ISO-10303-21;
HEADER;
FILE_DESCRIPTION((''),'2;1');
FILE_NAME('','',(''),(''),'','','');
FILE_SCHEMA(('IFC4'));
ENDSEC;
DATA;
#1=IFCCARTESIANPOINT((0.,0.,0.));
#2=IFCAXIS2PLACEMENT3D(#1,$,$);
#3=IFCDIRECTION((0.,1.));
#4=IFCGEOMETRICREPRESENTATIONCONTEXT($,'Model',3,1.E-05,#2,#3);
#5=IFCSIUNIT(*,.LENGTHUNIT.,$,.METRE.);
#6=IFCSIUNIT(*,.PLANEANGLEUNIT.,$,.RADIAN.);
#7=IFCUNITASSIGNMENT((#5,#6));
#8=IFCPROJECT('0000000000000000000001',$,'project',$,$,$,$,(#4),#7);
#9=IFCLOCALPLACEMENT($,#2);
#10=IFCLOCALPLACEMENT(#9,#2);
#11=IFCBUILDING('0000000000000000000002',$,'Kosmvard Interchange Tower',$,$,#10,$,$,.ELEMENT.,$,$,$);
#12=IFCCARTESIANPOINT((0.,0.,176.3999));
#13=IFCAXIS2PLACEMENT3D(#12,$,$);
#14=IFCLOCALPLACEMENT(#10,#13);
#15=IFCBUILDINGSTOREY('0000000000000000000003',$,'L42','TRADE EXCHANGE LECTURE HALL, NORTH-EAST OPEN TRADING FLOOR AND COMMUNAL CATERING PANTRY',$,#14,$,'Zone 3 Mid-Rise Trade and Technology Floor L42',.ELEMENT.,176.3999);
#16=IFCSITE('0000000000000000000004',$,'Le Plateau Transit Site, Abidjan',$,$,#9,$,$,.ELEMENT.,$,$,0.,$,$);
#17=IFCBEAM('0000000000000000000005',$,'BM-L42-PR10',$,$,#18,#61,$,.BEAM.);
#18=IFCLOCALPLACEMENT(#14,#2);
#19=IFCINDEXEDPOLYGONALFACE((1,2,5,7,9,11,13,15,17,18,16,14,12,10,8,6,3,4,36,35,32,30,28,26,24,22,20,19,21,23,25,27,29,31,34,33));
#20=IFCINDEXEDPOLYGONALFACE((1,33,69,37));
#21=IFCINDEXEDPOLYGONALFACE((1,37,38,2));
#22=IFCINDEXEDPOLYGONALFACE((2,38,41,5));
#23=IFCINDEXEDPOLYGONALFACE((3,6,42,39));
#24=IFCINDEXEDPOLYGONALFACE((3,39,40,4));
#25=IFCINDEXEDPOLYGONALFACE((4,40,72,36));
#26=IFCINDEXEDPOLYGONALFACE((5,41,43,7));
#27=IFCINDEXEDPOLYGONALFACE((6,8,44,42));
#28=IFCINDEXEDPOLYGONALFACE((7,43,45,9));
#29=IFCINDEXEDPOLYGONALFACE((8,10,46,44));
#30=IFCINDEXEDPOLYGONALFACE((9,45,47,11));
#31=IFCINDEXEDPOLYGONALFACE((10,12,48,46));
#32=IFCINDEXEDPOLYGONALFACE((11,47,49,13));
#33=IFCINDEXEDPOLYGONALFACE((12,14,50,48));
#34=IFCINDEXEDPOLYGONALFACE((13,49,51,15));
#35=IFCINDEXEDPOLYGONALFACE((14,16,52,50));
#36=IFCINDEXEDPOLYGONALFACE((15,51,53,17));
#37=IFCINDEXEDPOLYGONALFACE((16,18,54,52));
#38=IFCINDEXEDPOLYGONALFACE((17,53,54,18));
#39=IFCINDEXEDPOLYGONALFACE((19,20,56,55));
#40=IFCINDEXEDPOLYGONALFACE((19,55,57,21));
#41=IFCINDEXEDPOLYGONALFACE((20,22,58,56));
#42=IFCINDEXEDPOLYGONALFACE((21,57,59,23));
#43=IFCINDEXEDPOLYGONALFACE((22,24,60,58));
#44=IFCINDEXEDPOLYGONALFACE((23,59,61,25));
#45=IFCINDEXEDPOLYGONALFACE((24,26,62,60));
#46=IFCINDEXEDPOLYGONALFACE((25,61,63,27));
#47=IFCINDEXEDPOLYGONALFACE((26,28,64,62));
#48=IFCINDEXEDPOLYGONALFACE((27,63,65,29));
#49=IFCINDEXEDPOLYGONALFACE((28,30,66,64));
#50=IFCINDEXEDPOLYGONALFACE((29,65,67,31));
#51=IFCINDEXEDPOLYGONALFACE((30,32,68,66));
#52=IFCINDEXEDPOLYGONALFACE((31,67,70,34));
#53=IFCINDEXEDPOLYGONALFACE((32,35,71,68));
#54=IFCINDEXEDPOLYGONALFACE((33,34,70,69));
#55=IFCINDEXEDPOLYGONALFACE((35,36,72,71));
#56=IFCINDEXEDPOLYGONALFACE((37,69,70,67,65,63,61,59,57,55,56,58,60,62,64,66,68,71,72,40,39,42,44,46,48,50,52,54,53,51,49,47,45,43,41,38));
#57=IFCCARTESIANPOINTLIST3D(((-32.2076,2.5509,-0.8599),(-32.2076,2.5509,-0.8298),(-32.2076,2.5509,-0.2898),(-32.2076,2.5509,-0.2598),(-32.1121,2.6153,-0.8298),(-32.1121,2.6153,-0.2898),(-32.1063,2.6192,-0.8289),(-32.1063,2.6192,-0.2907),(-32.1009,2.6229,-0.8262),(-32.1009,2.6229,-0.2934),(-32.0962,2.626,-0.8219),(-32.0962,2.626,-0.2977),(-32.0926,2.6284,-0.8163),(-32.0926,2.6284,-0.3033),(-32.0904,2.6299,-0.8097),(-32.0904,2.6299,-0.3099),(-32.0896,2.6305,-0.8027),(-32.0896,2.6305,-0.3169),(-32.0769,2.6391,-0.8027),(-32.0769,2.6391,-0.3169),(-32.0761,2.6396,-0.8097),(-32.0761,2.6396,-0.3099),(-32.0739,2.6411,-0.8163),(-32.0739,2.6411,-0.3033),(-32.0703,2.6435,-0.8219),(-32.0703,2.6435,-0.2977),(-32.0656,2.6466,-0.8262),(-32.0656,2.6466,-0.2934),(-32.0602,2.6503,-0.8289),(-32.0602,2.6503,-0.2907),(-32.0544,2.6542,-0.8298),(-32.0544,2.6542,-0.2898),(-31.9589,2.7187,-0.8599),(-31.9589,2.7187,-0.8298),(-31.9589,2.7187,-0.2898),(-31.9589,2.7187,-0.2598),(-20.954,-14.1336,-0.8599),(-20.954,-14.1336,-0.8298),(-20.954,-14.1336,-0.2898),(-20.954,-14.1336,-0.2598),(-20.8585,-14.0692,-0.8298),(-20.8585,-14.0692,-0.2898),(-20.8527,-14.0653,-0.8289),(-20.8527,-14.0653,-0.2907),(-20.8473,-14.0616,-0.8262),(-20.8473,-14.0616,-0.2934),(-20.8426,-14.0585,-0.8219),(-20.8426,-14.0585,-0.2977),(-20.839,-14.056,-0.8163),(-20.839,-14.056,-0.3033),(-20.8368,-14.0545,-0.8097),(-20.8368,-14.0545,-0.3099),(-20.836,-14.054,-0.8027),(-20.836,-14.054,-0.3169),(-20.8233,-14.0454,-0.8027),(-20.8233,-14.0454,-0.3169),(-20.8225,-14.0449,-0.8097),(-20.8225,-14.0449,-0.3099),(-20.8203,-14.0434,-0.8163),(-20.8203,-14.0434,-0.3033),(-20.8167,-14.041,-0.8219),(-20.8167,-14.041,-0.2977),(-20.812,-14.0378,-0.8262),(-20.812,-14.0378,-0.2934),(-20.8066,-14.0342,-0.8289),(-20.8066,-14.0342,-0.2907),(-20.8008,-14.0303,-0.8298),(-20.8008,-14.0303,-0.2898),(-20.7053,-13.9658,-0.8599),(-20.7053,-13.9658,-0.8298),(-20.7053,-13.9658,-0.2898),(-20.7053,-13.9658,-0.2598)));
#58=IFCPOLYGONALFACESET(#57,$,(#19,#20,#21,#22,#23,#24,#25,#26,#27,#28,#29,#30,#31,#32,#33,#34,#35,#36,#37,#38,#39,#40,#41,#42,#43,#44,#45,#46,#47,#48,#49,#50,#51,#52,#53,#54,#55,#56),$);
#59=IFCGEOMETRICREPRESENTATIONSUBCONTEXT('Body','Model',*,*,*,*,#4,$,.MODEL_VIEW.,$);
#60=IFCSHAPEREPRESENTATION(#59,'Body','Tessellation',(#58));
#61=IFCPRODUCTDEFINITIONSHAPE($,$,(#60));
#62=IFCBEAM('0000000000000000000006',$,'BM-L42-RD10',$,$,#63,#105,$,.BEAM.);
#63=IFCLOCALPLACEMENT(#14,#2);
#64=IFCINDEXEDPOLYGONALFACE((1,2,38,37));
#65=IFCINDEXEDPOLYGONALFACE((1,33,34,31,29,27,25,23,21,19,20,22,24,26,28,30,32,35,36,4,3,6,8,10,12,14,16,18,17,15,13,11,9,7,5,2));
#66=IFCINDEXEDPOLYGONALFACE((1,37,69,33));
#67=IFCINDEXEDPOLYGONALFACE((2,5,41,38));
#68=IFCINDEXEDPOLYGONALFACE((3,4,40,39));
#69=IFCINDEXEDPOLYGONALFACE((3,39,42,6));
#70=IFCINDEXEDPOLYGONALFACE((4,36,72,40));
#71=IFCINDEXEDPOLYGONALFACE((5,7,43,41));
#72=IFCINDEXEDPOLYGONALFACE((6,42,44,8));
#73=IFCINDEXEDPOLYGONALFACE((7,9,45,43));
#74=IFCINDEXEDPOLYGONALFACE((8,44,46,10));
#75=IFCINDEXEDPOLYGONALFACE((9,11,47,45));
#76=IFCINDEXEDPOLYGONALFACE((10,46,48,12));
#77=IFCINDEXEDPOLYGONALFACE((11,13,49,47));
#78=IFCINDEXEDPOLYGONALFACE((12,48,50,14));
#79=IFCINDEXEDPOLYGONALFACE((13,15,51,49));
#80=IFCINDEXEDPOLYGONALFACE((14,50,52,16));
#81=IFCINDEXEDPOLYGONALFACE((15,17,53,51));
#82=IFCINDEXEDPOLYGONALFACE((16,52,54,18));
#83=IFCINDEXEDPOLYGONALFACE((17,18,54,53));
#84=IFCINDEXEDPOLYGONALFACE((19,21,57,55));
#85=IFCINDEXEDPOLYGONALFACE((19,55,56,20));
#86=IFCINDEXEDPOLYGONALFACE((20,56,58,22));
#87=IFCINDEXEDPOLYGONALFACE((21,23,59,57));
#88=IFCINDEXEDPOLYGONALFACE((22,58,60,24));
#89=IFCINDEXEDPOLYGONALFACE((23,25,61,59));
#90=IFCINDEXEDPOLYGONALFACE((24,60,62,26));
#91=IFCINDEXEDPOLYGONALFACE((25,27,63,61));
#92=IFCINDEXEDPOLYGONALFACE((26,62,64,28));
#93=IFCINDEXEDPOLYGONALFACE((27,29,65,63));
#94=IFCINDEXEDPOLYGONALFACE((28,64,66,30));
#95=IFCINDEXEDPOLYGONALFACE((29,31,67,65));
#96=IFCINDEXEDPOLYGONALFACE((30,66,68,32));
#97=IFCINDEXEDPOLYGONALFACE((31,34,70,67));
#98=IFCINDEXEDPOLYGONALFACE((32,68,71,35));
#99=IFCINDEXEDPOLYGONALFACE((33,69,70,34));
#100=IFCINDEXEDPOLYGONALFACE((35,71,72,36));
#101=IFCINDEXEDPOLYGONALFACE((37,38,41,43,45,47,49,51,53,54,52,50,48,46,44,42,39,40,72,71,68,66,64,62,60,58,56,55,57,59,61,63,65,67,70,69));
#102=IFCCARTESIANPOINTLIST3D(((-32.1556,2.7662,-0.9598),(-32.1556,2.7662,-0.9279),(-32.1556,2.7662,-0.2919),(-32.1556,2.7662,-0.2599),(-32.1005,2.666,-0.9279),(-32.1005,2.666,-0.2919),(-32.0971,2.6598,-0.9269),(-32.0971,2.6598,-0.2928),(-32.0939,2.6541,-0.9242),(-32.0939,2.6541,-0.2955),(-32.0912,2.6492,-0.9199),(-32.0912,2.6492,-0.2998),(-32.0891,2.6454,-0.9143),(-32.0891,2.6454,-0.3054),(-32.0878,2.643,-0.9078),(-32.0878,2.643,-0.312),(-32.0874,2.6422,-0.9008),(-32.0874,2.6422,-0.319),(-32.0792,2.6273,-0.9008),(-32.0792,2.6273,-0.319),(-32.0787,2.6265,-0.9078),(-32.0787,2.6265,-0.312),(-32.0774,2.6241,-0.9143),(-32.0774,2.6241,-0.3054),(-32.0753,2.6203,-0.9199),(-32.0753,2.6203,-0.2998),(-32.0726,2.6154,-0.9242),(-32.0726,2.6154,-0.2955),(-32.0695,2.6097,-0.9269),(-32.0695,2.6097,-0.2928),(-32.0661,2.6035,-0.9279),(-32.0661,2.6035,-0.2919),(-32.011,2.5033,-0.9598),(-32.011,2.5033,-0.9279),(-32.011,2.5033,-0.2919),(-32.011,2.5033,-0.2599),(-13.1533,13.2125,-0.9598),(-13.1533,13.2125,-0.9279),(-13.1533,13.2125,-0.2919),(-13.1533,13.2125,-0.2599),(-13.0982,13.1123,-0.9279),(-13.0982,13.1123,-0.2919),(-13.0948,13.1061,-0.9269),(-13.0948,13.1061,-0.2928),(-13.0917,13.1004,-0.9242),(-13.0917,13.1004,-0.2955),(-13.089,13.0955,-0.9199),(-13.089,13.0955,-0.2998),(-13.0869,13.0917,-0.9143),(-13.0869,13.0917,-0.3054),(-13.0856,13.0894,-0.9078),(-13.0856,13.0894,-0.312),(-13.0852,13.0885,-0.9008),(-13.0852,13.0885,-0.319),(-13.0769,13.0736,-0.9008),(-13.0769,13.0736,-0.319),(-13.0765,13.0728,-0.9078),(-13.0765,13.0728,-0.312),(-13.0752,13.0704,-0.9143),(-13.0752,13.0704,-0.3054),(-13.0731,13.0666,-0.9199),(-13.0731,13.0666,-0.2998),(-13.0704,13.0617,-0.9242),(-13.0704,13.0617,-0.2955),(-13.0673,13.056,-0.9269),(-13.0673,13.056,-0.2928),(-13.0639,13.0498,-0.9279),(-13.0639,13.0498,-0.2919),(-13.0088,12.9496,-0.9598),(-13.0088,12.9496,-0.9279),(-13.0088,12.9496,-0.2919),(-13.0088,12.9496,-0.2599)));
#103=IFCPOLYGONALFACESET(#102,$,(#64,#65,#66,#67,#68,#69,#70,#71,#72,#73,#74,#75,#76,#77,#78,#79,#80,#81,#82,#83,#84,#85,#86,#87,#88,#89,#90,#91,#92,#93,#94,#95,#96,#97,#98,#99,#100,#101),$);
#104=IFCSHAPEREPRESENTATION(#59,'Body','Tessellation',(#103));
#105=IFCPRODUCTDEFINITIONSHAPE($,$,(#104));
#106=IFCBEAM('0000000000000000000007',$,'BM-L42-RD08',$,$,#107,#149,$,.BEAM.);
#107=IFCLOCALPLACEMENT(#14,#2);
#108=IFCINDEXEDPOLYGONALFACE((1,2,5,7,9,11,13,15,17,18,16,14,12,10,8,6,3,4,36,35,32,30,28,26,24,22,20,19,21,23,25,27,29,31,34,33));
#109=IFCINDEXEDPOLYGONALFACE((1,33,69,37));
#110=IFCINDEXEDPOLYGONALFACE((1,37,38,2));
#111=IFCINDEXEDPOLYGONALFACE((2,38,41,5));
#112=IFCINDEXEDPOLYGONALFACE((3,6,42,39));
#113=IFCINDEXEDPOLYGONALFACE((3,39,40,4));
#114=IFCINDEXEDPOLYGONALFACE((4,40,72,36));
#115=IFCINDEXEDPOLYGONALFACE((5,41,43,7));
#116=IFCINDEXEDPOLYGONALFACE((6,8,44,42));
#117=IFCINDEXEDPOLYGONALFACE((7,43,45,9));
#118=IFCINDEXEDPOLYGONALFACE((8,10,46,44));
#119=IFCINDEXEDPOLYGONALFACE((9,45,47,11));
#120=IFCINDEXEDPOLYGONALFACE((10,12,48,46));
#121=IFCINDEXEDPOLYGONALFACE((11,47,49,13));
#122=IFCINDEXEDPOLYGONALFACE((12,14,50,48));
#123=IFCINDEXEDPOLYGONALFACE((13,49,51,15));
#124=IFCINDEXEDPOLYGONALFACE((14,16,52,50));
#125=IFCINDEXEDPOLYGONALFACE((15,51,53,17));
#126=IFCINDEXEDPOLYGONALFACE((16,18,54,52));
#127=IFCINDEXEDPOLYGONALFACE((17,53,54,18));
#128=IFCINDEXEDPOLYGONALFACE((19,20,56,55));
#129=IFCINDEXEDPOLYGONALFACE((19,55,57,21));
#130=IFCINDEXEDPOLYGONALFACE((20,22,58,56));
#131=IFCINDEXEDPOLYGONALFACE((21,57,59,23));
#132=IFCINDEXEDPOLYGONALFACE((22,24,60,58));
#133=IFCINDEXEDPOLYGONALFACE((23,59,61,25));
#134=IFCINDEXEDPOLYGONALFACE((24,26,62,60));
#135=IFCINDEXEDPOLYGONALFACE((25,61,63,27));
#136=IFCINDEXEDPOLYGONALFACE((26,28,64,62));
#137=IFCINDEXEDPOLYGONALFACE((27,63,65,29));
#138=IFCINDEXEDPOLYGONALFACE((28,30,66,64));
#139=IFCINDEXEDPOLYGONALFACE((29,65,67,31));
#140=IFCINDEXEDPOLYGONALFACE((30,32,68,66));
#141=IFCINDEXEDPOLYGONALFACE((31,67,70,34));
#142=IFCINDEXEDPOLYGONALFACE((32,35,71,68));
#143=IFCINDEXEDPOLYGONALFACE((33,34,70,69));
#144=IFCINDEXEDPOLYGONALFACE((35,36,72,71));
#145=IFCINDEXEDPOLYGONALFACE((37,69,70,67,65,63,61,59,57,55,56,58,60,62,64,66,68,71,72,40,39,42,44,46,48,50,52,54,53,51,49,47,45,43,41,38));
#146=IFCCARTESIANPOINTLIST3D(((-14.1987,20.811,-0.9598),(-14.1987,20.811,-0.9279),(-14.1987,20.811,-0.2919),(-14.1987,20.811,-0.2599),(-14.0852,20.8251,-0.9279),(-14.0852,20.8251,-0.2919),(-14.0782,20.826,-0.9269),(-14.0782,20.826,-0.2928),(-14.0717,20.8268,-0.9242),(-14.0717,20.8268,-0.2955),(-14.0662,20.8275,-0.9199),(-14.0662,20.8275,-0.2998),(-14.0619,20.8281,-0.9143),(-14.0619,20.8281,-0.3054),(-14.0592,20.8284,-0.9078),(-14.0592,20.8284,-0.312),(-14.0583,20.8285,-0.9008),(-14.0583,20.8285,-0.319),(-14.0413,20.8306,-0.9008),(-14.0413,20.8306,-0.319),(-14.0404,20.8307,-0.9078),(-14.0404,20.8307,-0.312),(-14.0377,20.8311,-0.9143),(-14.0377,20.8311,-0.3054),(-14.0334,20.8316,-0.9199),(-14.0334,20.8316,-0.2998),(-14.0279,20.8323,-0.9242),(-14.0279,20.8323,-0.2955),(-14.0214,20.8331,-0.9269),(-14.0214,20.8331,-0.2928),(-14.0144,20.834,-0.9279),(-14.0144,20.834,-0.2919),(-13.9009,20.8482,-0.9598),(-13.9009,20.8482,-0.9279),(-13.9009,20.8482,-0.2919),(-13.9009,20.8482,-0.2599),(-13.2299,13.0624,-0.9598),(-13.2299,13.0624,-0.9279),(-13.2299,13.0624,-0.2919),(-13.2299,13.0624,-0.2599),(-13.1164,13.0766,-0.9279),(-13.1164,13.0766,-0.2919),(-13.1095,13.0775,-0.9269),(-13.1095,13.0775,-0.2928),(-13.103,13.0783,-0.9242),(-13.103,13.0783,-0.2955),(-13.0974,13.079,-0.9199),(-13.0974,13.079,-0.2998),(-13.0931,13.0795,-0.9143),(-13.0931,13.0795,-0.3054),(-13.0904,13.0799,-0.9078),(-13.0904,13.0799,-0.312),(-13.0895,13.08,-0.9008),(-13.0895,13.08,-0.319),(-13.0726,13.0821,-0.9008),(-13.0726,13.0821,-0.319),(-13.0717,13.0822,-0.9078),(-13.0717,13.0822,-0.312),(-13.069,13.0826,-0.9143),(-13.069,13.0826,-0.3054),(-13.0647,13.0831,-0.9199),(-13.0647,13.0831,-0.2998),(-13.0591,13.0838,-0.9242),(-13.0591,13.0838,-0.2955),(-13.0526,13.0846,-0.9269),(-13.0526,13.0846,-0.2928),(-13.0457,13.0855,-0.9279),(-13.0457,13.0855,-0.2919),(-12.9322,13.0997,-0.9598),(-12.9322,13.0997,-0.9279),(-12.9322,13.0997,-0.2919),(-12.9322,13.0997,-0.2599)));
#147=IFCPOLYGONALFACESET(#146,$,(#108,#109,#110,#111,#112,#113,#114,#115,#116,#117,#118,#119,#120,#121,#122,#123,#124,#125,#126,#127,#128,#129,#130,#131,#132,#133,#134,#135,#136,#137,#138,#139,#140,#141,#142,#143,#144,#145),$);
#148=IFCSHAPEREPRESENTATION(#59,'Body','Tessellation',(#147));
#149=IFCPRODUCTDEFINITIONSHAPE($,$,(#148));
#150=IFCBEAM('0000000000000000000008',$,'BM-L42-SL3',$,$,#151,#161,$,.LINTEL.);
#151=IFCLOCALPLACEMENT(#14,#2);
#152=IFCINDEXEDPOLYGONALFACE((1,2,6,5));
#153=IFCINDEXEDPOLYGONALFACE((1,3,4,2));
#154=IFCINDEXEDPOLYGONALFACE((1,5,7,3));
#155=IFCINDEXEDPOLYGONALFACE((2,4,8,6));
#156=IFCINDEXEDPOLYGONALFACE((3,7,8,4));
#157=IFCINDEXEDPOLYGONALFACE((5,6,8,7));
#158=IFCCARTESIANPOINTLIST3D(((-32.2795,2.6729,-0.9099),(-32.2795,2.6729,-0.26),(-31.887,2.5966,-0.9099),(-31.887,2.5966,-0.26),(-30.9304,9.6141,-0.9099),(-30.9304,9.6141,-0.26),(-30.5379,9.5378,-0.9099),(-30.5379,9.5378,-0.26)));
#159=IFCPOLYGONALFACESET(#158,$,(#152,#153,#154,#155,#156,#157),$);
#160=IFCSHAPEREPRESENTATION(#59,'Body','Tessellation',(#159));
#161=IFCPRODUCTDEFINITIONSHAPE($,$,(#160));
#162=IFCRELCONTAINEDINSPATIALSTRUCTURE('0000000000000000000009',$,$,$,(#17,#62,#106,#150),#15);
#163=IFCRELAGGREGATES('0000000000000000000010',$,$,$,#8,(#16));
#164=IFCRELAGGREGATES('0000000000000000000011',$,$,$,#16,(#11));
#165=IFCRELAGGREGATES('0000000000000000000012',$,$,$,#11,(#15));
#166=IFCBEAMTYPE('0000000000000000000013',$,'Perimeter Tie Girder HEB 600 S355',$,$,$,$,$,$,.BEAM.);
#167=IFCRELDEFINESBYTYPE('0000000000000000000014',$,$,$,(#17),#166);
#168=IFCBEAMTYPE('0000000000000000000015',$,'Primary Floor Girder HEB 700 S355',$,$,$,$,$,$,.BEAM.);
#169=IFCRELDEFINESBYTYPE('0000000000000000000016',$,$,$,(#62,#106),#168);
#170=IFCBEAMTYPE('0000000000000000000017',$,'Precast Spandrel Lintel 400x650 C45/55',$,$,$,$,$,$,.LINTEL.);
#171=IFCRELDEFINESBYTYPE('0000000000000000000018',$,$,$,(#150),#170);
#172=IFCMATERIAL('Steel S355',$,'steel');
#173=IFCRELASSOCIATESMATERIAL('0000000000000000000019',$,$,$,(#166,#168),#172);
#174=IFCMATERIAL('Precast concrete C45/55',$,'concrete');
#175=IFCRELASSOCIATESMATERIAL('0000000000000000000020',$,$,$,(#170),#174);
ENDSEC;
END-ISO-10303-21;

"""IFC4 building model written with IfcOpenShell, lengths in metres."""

from ifc_helpers import new_model, si_unit, direction, frame, origin, origin_2d, place, context, subcontext, project, spatial, rectangle, i_section, extrude, source, transform, mapped, material, material_profile, profile_set, type_object, element, save


model = new_model("IFC4")

# Units and contexts
model_context = context("Model", 3, precision=1e-05, world=origin(), true_north=direction((0.0, 1.0)))
body_context = subcontext(model_context, "Body", "Model", "MODEL_VIEW")
ifc_project = project(units=[si_unit("LENGTHUNIT", "METRE"), si_unit("PLANEANGLEUNIT", "RADIAN")], contexts=[model_context])

# Site, building, storey
site_placement = place(None, origin())
site = spatial("IfcSite", under=ifc_project, at=site_placement, Name="Le Plateau Transit Site, Abidjan", CompositionType="ELEMENT", RefElevation=0.0)
building_placement = place(site_placement, origin())
building = spatial("IfcBuilding", under=site, at=building_placement, Name="Kosmvard Interchange Tower", CompositionType="ELEMENT")
storey_placement = place(building_placement, frame((0.0, 0.0, 176.3999)))
storey = spatial("IfcBuildingStorey", under=building, at=storey_placement, Name="L42", Description="TRADE EXCHANGE LECTURE HALL, NORTH-EAST OPEN TRADING FLOOR AND COMMUNAL CATERING PANTRY", LongName="Zone 3 Mid-Rise Trade and Technology Floor L42", CompositionType="ELEMENT", Elevation=176.3999)

# Beams
ifc_material_1 = material(Name="Steel S355", Category="steel")
ifc_material_profile_1 = material_profile(ifc_material_1, i_section(OverallWidth=0.3, OverallDepth=0.6001, WebThickness=0.0154, FlangeThickness=0.03, FilletRadius=0.0271, at=origin_2d()), Name="HEB 600")
ifc_profile_set_1 = profile_set([ifc_material_profile_1], Name="Steel S355")
beam_type_1 = type_object("IfcBeamType", Name="Perimeter Tie Girder HEB 600 S355", PredefinedType="BEAM", material=ifc_profile_set_1)
shared_shape_1 = source(origin(), body_context, "Body", "SweptSolid", [
    extrude(i_section(OverallWidth=0.3, OverallDepth=0.6001, WebThickness=0.0154, FlangeThickness=0.03, FilletRadius=0.0271, at=origin_2d()), origin(), (0.0, 0.0, 1.0), 20.125),
])
for number, where, z_axis, x_axis, name in (
    (1, (-32.0833, 2.6348, -0.5598), (0.559185, -0.829043, 0.0), (0.829043, 0.559185, 0.0), "BM-L42-PR10"),
):
    element("IfcBeam", number, at=place(storey_placement, frame(where, z_axis=z_axis, x_axis=x_axis)), inside=storey, type_object=beam_type_1, Name=name, PredefinedType="BEAM", context=body_context, shape_type="MappedRepresentation", body=[
        mapped(shared_shape_1, transform((0.0, 0.0, 0.0), scale=1.0)),
    ])
ifc_material_profile_2 = material_profile(ifc_material_1, i_section(OverallWidth=0.3, OverallDepth=0.7, WebThickness=0.0171, FlangeThickness=0.032, FilletRadius=0.0271, at=origin_2d()), Name="HEB 700")
ifc_profile_set_2 = profile_set([ifc_material_profile_2], Name="Steel S355")
beam_type_2 = type_object("IfcBeamType", Name="Primary Floor Girder HEB 700 S355", PredefinedType="BEAM", material=ifc_profile_set_2)
shared_shape_2 = source(origin(), body_context, "Body", "SweptSolid", [
    extrude(i_section(OverallWidth=0.3, OverallDepth=0.7, WebThickness=0.0171, FlangeThickness=0.032, FilletRadius=0.0271, at=origin_2d()), origin(), (0.0, 0.0, 1.0), 21.6843),
])
beam_1_placement = place(storey_placement, frame((-13.0811, 13.0811, -0.6099), z_axis=(-0.876312, -0.481745, 0.0), x_axis=(0.481745, -0.876312, 0.0)))
element("IfcBeam", 2, at=beam_1_placement, inside=storey, type_object=beam_type_2, Name="BM-L42-RD10", PredefinedType="BEAM", context=body_context, shape_type="MappedRepresentation", body=[
    mapped(shared_shape_2, transform((0.0, 0.0, 0.0), scale=1.0)),
])
shared_shape_3 = source(origin(), body_context, "Body", "SweptSolid", [
    extrude(i_section(OverallWidth=0.3, OverallDepth=0.7, WebThickness=0.0171, FlangeThickness=0.032, FilletRadius=0.0271, at=origin_2d()), origin(), (0.0, 0.0, 1.0), 7.8088),
])
beam_2_placement = place(storey_placement, frame((-13.0811, 13.0811, -0.6099), z_axis=(-0.124058, 0.992275, 0.0), x_axis=(-0.992275, -0.124058, 0.0)))
element("IfcBeam", 3, at=beam_2_placement, inside=storey, type_object=beam_type_2, Name="BM-L42-RD08", PredefinedType="BEAM", context=body_context, shape_type="MappedRepresentation", body=[
    mapped(shared_shape_3, transform((0.0, 0.0, 0.0), scale=1.0)),
])
ifc_material_2 = material(Name="Precast concrete C45/55", Category="concrete")
ifc_material_profile_3 = material_profile(ifc_material_2, rectangle(XDim=0.3999, YDim=0.6499, at=origin_2d()), Name="SL 400x650")
ifc_profile_set_3 = profile_set([ifc_material_profile_3], Name="Precast concrete C45/55")
beam_type_3 = type_object("IfcBeamType", Name="Precast Spandrel Lintel 400x650 C45/55", PredefinedType="LINTEL", material=ifc_profile_set_3)
shared_shape_4 = source(origin(), body_context, "Body", "SweptSolid", [
    extrude(rectangle(XDim=0.3999, YDim=0.6499, at=origin_2d()), origin(), (0.0, 0.0, 1.0), 7.071),
])
beam_3_placement = place(storey_placement, frame((-30.7341, 9.5759, -0.585), z_axis=(-0.190795, -0.98163, 0.0), x_axis=(0.98163, -0.190795, 0.0)))
element("IfcBeam", 4, at=beam_3_placement, inside=storey, type_object=beam_type_3, Name="BM-L42-SL3", PredefinedType="LINTEL", context=body_context, shape_type="MappedRepresentation", body=[
    mapped(shared_shape_4, transform((0.0, 0.0, 0.0), scale=1.0)),
])

save(model, "model.ifc")
